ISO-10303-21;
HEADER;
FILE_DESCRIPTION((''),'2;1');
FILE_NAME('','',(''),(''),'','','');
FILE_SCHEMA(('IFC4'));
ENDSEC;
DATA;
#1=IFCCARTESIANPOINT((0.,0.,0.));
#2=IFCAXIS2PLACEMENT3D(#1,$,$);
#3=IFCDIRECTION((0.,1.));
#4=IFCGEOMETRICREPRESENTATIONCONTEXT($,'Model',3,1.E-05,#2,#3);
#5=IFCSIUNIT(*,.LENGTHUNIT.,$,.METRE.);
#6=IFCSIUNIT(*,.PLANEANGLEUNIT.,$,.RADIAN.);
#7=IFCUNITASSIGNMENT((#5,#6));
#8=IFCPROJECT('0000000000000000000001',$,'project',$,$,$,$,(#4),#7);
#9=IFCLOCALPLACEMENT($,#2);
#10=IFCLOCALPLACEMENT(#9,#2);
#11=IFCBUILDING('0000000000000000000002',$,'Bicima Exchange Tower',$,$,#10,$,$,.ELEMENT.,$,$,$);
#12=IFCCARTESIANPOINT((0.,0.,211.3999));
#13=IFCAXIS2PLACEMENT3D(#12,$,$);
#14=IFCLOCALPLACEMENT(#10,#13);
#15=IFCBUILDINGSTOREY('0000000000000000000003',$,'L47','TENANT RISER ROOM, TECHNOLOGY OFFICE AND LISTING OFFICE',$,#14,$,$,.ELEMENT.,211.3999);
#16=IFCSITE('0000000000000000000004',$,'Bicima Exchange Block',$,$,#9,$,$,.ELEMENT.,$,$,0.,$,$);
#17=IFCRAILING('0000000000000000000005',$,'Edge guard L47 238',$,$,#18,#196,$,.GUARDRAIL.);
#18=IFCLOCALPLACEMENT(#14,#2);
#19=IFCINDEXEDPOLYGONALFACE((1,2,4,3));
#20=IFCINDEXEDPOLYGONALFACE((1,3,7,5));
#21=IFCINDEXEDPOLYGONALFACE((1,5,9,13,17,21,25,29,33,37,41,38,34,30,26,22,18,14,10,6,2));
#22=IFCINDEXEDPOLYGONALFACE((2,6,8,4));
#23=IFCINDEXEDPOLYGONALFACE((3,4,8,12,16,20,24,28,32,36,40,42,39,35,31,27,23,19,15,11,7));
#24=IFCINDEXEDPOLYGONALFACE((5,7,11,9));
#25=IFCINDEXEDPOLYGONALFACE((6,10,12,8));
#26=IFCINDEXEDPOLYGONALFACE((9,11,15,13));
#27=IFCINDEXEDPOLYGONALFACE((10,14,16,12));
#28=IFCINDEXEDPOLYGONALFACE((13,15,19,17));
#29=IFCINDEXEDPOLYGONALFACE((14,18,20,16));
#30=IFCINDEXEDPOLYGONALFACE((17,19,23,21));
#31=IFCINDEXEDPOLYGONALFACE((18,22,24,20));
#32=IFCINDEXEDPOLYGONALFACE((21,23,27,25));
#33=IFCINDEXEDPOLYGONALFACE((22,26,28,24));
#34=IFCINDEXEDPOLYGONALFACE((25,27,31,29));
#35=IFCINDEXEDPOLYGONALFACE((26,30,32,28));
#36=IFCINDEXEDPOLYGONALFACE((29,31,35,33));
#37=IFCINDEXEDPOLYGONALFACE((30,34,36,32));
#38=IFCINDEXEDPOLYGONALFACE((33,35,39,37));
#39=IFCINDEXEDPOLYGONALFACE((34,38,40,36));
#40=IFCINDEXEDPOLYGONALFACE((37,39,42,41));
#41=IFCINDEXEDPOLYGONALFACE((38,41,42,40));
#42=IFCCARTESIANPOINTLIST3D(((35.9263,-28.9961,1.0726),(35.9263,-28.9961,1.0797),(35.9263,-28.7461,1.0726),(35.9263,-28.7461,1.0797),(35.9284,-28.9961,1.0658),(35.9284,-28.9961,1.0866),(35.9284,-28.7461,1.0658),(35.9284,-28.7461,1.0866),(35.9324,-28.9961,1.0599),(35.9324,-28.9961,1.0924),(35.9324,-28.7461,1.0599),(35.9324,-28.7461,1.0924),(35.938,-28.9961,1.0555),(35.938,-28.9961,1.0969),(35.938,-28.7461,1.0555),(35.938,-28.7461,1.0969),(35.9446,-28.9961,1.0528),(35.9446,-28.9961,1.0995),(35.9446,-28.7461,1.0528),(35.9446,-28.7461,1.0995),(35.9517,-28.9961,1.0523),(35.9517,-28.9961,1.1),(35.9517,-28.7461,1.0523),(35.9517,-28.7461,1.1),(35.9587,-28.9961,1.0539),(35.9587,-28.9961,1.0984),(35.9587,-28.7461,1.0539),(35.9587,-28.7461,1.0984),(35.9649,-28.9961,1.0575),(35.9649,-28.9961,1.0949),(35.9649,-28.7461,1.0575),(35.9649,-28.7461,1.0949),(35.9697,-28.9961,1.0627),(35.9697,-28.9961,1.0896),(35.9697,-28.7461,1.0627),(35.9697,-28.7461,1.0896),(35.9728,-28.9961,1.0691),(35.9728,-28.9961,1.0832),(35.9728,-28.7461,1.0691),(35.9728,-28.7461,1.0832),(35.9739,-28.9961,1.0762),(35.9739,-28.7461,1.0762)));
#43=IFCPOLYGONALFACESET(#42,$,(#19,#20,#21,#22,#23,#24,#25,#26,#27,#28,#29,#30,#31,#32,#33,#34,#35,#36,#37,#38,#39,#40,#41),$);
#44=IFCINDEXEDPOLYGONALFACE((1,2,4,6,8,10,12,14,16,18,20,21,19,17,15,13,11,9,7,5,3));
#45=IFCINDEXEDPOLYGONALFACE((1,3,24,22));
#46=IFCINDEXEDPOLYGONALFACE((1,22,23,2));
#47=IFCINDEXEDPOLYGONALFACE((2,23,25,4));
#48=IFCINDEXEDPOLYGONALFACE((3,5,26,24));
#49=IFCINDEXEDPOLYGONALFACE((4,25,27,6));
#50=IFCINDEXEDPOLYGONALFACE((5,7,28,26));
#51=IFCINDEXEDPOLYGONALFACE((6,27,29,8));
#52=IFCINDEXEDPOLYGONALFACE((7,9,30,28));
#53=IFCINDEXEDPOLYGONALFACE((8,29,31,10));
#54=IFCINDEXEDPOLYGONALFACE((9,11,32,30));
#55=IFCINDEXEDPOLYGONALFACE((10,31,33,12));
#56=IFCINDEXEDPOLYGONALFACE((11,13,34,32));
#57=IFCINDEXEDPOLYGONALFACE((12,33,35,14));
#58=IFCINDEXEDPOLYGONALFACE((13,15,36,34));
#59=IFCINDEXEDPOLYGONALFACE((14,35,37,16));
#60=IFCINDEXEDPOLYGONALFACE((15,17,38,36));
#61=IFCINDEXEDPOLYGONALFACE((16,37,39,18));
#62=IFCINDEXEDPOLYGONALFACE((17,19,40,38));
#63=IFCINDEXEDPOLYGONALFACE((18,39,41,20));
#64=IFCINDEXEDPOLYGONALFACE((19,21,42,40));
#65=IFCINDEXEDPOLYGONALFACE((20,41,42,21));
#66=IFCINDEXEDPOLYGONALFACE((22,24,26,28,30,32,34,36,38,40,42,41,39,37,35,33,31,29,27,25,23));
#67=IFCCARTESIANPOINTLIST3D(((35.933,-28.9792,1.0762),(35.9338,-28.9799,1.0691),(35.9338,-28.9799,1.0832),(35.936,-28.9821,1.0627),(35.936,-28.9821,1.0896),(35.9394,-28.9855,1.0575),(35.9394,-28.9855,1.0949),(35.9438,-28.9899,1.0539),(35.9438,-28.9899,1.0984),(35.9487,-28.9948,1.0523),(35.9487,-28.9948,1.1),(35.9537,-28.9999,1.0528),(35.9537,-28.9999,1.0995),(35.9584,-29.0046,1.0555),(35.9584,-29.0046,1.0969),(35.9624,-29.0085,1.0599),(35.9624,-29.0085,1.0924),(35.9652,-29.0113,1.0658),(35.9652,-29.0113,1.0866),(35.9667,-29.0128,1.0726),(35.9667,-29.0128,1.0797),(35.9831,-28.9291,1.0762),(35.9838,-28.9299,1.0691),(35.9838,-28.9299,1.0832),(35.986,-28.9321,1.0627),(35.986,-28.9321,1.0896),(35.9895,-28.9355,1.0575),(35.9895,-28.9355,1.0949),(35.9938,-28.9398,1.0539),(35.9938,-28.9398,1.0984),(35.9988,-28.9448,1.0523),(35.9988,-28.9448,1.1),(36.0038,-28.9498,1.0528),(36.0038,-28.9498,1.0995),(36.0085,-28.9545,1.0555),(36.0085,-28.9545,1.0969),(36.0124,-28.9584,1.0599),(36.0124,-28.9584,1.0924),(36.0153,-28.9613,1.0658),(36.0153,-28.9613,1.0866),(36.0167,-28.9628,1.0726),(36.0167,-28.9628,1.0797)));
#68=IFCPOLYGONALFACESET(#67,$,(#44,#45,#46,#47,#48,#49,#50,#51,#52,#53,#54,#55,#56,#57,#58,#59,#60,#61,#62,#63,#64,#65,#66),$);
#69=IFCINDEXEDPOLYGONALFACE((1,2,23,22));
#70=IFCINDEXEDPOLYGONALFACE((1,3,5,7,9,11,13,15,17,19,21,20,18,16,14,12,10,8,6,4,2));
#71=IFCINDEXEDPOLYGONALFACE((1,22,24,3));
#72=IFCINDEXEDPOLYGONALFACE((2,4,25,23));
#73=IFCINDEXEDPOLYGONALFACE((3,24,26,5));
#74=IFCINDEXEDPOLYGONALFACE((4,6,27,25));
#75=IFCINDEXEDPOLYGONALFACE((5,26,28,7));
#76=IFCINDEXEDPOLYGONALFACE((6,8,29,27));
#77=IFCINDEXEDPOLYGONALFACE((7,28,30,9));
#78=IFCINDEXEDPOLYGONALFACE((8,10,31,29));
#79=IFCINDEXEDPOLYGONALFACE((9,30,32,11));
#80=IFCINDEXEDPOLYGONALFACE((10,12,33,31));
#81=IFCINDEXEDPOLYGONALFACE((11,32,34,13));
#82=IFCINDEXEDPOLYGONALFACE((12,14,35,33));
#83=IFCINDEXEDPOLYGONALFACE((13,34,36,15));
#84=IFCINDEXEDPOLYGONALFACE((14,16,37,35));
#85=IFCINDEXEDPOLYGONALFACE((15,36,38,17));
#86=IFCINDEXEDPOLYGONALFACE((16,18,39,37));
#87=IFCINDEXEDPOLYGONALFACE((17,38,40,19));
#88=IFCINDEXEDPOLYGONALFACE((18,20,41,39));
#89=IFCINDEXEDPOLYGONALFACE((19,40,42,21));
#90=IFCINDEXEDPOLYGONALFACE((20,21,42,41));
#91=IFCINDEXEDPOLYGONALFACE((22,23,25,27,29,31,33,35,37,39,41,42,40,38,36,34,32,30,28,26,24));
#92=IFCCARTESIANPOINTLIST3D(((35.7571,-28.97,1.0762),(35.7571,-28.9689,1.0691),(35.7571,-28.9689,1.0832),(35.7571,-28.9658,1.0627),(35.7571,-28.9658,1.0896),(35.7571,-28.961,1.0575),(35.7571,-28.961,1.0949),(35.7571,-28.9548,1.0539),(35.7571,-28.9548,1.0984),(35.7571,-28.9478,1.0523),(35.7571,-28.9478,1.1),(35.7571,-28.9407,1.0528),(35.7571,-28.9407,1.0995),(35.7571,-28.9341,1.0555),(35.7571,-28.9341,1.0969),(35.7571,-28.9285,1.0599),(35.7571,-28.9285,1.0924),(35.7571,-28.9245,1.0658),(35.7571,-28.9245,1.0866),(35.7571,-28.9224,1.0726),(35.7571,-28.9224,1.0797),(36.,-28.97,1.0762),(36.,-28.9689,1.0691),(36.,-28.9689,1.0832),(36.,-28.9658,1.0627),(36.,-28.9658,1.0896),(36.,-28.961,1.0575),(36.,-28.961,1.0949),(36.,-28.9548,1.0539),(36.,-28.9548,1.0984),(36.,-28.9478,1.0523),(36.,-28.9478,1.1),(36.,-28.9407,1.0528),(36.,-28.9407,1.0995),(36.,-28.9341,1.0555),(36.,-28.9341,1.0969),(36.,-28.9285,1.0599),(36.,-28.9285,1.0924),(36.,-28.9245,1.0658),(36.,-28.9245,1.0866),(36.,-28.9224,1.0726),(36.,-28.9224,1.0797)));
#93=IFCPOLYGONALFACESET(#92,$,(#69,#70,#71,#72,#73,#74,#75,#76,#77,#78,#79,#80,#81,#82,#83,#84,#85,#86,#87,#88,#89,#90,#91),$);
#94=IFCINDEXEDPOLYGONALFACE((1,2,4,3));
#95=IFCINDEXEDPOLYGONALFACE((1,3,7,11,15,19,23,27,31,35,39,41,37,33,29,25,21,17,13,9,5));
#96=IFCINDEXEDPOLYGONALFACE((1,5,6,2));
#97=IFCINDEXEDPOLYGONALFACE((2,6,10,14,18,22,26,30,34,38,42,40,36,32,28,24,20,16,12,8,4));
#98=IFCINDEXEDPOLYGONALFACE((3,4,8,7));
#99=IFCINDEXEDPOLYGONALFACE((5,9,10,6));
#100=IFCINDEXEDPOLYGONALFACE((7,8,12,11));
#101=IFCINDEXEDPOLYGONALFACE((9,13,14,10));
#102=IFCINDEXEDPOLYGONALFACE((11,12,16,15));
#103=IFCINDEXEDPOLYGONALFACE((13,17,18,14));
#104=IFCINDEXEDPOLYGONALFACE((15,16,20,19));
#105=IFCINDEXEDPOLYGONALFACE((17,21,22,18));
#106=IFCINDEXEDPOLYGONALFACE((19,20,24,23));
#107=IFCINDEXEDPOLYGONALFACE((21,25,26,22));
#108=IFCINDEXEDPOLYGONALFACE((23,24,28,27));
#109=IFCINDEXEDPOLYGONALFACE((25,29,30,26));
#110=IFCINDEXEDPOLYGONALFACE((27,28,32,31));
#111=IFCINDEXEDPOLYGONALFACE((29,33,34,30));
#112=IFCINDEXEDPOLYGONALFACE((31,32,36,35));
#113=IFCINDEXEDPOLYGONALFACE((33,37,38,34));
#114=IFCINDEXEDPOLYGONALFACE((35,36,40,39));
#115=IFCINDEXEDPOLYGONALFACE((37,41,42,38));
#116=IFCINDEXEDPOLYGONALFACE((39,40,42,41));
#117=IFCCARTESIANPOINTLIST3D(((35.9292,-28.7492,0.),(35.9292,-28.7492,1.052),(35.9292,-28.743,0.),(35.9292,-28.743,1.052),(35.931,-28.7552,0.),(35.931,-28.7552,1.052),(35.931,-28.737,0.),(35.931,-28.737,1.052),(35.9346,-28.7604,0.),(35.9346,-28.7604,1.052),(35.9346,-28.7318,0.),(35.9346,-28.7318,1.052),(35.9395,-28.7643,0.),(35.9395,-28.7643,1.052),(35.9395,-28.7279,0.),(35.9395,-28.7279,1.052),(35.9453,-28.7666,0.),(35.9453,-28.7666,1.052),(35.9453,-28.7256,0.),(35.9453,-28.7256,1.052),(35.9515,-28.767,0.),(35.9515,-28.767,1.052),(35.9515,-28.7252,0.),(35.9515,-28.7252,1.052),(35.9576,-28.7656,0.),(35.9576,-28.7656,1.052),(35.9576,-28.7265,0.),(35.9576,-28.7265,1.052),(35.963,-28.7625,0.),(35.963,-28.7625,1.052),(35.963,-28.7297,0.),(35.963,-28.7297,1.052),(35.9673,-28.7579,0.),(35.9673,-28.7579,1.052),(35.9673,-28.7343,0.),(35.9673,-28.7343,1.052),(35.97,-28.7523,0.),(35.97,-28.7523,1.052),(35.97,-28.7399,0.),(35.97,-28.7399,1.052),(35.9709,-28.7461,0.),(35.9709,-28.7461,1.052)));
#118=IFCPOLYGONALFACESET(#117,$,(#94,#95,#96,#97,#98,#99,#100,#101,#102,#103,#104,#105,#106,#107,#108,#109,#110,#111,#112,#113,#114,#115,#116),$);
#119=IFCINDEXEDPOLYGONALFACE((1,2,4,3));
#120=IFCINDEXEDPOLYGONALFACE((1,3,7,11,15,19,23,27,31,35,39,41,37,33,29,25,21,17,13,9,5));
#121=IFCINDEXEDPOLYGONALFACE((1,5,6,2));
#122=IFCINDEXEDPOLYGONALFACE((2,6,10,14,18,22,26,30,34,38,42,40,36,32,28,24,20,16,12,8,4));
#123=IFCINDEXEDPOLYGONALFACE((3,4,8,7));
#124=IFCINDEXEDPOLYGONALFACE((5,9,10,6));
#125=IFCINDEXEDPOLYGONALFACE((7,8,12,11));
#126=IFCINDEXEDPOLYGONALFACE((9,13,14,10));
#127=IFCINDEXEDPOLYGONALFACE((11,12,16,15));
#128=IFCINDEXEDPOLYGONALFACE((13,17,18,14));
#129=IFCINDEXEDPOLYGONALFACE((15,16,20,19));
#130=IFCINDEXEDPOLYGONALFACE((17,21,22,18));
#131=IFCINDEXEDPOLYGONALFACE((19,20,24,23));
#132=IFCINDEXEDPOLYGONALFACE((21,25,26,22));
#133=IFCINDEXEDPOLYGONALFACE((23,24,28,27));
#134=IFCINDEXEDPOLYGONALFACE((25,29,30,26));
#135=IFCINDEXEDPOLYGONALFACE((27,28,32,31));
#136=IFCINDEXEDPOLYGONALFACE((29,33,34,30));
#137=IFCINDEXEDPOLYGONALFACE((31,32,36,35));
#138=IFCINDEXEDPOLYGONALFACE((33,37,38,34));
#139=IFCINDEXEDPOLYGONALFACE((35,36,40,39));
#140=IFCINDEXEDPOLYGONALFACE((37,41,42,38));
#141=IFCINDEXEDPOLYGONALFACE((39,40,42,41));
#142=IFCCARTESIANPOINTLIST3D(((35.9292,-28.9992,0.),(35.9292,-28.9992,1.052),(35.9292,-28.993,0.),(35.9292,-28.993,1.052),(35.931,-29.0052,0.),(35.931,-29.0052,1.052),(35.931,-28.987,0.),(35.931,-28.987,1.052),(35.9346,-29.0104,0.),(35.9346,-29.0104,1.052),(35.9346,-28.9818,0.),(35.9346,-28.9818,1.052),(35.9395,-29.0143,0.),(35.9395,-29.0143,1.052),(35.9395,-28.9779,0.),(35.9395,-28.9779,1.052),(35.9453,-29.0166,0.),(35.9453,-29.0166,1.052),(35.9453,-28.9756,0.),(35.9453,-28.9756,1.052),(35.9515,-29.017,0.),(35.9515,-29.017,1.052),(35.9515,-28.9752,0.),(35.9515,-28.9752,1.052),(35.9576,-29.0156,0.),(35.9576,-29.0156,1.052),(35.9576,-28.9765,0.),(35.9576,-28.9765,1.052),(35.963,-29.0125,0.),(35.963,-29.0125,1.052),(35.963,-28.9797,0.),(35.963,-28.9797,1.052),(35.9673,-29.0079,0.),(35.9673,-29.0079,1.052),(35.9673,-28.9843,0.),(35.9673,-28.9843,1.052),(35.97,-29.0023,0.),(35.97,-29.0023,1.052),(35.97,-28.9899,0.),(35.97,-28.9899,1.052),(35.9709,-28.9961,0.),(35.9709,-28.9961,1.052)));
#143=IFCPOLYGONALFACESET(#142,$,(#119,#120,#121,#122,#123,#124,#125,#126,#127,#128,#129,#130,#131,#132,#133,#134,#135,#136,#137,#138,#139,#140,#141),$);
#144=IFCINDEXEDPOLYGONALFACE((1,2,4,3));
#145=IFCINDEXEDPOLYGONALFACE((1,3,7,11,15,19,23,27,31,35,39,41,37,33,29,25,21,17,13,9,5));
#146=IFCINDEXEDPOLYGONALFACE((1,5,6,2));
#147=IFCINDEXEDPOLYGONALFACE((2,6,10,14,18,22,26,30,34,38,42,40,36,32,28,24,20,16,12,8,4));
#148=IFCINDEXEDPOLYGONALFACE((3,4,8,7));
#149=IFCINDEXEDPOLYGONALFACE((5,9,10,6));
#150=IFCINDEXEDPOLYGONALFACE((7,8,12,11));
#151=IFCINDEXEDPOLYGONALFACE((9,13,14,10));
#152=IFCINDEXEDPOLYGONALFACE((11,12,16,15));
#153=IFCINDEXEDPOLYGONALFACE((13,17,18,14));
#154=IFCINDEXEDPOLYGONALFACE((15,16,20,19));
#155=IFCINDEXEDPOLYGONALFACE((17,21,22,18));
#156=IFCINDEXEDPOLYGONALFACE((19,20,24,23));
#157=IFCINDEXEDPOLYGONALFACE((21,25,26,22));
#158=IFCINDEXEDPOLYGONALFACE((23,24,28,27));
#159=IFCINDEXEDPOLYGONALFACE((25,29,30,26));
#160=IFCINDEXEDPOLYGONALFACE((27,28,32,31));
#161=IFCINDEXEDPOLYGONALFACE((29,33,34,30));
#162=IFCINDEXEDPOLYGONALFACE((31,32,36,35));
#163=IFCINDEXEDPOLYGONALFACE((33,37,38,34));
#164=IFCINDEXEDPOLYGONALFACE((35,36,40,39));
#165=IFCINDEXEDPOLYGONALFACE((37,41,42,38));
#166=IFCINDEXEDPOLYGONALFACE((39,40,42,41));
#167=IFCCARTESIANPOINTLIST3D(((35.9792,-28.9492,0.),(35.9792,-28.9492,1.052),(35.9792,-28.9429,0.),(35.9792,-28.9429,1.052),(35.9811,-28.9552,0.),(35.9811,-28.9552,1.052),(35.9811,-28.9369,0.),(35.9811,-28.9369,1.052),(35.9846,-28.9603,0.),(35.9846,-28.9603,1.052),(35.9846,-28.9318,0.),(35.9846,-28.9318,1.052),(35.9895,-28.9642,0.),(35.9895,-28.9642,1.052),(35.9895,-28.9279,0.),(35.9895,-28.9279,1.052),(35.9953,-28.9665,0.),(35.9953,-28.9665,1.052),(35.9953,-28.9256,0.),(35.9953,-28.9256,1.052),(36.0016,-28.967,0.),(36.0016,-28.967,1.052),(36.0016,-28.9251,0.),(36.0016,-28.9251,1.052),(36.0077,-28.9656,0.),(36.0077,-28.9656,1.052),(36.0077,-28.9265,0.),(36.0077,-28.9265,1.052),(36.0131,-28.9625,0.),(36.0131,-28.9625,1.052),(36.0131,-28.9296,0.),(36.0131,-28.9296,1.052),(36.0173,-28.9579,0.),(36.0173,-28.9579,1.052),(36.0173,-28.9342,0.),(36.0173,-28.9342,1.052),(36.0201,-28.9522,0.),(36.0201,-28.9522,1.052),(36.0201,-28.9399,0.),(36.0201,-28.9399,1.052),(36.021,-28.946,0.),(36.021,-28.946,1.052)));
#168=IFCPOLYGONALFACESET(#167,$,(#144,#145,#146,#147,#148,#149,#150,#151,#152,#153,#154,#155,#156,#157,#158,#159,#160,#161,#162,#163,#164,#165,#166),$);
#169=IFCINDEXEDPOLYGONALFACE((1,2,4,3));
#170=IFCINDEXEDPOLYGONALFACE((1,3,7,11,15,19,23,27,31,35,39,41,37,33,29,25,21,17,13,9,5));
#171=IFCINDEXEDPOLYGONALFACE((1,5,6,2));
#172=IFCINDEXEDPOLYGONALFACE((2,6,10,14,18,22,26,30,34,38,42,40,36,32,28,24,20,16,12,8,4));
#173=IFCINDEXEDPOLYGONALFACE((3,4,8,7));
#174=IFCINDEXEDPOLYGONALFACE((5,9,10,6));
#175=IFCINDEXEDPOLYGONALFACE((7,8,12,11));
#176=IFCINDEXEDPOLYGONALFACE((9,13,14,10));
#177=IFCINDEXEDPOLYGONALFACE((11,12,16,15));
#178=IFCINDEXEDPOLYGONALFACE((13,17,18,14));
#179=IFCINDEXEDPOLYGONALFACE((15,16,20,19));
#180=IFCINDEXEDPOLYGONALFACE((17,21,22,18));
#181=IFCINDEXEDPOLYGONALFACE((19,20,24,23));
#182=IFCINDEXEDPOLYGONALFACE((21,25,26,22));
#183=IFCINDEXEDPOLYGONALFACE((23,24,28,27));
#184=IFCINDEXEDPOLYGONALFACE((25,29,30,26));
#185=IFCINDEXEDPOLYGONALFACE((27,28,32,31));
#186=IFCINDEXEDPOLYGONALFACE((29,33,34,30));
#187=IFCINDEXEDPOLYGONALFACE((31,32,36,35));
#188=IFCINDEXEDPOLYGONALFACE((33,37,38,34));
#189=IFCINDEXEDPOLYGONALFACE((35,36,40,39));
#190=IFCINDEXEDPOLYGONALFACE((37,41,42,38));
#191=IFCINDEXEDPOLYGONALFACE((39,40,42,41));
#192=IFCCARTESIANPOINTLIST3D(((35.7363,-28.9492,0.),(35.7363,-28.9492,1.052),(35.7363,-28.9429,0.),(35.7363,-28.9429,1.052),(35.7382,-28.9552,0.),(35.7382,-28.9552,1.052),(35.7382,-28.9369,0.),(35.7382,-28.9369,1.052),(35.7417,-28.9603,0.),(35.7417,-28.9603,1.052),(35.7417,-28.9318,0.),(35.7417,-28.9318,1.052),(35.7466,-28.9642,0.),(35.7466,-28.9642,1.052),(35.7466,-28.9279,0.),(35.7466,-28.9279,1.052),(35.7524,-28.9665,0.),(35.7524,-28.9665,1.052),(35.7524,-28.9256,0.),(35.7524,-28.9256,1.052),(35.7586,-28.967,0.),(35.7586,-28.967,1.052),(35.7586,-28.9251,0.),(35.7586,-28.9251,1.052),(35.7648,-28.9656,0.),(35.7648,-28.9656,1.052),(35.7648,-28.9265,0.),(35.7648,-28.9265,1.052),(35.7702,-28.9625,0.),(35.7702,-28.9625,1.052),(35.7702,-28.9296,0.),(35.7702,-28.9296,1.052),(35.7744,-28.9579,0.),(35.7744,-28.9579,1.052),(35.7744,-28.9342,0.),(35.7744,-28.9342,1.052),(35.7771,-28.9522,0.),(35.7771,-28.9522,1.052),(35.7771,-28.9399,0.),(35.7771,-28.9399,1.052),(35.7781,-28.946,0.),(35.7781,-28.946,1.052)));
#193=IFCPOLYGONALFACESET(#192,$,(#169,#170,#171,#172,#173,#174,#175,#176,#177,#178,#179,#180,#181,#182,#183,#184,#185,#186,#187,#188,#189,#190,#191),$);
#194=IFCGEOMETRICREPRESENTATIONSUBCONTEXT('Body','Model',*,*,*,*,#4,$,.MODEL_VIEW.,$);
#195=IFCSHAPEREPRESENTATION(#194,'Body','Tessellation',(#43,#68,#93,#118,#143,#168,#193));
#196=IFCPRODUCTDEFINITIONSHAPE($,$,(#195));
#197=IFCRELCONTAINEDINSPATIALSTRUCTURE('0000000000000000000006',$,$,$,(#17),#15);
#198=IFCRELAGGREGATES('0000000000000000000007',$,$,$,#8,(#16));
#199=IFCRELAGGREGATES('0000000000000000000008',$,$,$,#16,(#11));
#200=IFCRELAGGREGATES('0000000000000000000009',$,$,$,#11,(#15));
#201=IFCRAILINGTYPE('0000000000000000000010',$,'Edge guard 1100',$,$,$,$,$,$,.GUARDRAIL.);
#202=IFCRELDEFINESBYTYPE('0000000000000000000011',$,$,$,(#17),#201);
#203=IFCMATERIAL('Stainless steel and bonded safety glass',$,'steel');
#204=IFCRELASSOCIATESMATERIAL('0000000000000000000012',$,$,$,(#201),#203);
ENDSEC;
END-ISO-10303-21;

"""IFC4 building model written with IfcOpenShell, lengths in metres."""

from ifc_helpers import new_model, si_unit, direction, frame, origin, origin_2d, place, context, subcontext, project, spatial, circle, extrude, material, type_object, element, save


model = new_model("IFC4")

# Units and contexts
model_context = context("Model", 3, precision=1e-05, world=origin(), true_north=direction((0.0, 1.0)))
body_context = subcontext(model_context, "Body", "Model", "MODEL_VIEW")
ifc_project = project(units=[si_unit("LENGTHUNIT", "METRE"), si_unit("PLANEANGLEUNIT", "RADIAN")], contexts=[model_context])

# Site, building, storey
site_placement = place(None, origin())
site = spatial("IfcSite", under=ifc_project, at=site_placement, Name="Bicima Exchange Block", CompositionType="ELEMENT", RefElevation=0.0)
building_placement = place(site_placement, origin())
building = spatial("IfcBuilding", under=site, at=building_placement, Name="Bicima Exchange Tower", CompositionType="ELEMENT")
storey_placement = place(building_placement, frame((0.0, 0.0, 211.3999)))
storey = spatial("IfcBuildingStorey", under=building, at=storey_placement, Name="L47", Description="TENANT RISER ROOM, TECHNOLOGY OFFICE AND LISTING OFFICE", CompositionType="ELEMENT", Elevation=211.3999)

# Railing
ifc_material_1 = material(Name="Stainless steel and bonded safety glass", Category="steel")
railing_type = type_object("IfcRailingType", Name="Edge guard 1100", PredefinedType="GUARDRAIL", material=ifc_material_1)
railing_placement = place(storey_placement, frame((35.95, -28.7461, 0.0)))
element("IfcRailing", 1, at=railing_placement, inside=storey, type_object=railing_type, Name="Edge guard L47 238", PredefinedType="GUARDRAIL", context=body_context, shape_type="SweptSolid", body=[
    extrude(circle(Radius=0.0239, at=origin_2d()), frame((0.0, 0.0, 1.0762), z_axis=(0.0, -1.0, 0.0), x_axis=(1.0, 0.0, 0.0)), (0.0, 0.0, 1.0), 0.25),
    extrude(circle(Radius=0.0239, at=origin_2d()), frame((0.0, -0.25, 1.0762), z_axis=(0.707107, 0.707107, 0.0), x_axis=(-0.707107, 0.707107, 0.0)), (0.0, 0.0, 1.0), 0.0708),
    extrude(circle(Radius=0.0239, at=origin_2d()), frame((0.05, -0.2, 1.0762), z_axis=(-1.0, 0.0, 0.0), x_axis=(0.0, -1.0, 0.0)), (0.0, 0.0, 1.0), 0.2429),
    extrude(circle(Radius=0.021, at=origin_2d()), origin(), (0.0, 0.0, 1.0), 1.052),
    extrude(circle(Radius=0.021, at=origin_2d()), frame((0.0, -0.25, 0.0)), (0.0, 0.0, 1.0), 1.052),
    extrude(circle(Radius=0.021, at=origin_2d()), frame((0.05, -0.2, 0.0)), (0.0, 0.0, 1.0), 1.052),
    extrude(circle(Radius=0.021, at=origin_2d()), frame((-0.1929, -0.2, 0.0)), (0.0, 0.0, 1.0), 1.052),
])

save(model, "model.ifc")
